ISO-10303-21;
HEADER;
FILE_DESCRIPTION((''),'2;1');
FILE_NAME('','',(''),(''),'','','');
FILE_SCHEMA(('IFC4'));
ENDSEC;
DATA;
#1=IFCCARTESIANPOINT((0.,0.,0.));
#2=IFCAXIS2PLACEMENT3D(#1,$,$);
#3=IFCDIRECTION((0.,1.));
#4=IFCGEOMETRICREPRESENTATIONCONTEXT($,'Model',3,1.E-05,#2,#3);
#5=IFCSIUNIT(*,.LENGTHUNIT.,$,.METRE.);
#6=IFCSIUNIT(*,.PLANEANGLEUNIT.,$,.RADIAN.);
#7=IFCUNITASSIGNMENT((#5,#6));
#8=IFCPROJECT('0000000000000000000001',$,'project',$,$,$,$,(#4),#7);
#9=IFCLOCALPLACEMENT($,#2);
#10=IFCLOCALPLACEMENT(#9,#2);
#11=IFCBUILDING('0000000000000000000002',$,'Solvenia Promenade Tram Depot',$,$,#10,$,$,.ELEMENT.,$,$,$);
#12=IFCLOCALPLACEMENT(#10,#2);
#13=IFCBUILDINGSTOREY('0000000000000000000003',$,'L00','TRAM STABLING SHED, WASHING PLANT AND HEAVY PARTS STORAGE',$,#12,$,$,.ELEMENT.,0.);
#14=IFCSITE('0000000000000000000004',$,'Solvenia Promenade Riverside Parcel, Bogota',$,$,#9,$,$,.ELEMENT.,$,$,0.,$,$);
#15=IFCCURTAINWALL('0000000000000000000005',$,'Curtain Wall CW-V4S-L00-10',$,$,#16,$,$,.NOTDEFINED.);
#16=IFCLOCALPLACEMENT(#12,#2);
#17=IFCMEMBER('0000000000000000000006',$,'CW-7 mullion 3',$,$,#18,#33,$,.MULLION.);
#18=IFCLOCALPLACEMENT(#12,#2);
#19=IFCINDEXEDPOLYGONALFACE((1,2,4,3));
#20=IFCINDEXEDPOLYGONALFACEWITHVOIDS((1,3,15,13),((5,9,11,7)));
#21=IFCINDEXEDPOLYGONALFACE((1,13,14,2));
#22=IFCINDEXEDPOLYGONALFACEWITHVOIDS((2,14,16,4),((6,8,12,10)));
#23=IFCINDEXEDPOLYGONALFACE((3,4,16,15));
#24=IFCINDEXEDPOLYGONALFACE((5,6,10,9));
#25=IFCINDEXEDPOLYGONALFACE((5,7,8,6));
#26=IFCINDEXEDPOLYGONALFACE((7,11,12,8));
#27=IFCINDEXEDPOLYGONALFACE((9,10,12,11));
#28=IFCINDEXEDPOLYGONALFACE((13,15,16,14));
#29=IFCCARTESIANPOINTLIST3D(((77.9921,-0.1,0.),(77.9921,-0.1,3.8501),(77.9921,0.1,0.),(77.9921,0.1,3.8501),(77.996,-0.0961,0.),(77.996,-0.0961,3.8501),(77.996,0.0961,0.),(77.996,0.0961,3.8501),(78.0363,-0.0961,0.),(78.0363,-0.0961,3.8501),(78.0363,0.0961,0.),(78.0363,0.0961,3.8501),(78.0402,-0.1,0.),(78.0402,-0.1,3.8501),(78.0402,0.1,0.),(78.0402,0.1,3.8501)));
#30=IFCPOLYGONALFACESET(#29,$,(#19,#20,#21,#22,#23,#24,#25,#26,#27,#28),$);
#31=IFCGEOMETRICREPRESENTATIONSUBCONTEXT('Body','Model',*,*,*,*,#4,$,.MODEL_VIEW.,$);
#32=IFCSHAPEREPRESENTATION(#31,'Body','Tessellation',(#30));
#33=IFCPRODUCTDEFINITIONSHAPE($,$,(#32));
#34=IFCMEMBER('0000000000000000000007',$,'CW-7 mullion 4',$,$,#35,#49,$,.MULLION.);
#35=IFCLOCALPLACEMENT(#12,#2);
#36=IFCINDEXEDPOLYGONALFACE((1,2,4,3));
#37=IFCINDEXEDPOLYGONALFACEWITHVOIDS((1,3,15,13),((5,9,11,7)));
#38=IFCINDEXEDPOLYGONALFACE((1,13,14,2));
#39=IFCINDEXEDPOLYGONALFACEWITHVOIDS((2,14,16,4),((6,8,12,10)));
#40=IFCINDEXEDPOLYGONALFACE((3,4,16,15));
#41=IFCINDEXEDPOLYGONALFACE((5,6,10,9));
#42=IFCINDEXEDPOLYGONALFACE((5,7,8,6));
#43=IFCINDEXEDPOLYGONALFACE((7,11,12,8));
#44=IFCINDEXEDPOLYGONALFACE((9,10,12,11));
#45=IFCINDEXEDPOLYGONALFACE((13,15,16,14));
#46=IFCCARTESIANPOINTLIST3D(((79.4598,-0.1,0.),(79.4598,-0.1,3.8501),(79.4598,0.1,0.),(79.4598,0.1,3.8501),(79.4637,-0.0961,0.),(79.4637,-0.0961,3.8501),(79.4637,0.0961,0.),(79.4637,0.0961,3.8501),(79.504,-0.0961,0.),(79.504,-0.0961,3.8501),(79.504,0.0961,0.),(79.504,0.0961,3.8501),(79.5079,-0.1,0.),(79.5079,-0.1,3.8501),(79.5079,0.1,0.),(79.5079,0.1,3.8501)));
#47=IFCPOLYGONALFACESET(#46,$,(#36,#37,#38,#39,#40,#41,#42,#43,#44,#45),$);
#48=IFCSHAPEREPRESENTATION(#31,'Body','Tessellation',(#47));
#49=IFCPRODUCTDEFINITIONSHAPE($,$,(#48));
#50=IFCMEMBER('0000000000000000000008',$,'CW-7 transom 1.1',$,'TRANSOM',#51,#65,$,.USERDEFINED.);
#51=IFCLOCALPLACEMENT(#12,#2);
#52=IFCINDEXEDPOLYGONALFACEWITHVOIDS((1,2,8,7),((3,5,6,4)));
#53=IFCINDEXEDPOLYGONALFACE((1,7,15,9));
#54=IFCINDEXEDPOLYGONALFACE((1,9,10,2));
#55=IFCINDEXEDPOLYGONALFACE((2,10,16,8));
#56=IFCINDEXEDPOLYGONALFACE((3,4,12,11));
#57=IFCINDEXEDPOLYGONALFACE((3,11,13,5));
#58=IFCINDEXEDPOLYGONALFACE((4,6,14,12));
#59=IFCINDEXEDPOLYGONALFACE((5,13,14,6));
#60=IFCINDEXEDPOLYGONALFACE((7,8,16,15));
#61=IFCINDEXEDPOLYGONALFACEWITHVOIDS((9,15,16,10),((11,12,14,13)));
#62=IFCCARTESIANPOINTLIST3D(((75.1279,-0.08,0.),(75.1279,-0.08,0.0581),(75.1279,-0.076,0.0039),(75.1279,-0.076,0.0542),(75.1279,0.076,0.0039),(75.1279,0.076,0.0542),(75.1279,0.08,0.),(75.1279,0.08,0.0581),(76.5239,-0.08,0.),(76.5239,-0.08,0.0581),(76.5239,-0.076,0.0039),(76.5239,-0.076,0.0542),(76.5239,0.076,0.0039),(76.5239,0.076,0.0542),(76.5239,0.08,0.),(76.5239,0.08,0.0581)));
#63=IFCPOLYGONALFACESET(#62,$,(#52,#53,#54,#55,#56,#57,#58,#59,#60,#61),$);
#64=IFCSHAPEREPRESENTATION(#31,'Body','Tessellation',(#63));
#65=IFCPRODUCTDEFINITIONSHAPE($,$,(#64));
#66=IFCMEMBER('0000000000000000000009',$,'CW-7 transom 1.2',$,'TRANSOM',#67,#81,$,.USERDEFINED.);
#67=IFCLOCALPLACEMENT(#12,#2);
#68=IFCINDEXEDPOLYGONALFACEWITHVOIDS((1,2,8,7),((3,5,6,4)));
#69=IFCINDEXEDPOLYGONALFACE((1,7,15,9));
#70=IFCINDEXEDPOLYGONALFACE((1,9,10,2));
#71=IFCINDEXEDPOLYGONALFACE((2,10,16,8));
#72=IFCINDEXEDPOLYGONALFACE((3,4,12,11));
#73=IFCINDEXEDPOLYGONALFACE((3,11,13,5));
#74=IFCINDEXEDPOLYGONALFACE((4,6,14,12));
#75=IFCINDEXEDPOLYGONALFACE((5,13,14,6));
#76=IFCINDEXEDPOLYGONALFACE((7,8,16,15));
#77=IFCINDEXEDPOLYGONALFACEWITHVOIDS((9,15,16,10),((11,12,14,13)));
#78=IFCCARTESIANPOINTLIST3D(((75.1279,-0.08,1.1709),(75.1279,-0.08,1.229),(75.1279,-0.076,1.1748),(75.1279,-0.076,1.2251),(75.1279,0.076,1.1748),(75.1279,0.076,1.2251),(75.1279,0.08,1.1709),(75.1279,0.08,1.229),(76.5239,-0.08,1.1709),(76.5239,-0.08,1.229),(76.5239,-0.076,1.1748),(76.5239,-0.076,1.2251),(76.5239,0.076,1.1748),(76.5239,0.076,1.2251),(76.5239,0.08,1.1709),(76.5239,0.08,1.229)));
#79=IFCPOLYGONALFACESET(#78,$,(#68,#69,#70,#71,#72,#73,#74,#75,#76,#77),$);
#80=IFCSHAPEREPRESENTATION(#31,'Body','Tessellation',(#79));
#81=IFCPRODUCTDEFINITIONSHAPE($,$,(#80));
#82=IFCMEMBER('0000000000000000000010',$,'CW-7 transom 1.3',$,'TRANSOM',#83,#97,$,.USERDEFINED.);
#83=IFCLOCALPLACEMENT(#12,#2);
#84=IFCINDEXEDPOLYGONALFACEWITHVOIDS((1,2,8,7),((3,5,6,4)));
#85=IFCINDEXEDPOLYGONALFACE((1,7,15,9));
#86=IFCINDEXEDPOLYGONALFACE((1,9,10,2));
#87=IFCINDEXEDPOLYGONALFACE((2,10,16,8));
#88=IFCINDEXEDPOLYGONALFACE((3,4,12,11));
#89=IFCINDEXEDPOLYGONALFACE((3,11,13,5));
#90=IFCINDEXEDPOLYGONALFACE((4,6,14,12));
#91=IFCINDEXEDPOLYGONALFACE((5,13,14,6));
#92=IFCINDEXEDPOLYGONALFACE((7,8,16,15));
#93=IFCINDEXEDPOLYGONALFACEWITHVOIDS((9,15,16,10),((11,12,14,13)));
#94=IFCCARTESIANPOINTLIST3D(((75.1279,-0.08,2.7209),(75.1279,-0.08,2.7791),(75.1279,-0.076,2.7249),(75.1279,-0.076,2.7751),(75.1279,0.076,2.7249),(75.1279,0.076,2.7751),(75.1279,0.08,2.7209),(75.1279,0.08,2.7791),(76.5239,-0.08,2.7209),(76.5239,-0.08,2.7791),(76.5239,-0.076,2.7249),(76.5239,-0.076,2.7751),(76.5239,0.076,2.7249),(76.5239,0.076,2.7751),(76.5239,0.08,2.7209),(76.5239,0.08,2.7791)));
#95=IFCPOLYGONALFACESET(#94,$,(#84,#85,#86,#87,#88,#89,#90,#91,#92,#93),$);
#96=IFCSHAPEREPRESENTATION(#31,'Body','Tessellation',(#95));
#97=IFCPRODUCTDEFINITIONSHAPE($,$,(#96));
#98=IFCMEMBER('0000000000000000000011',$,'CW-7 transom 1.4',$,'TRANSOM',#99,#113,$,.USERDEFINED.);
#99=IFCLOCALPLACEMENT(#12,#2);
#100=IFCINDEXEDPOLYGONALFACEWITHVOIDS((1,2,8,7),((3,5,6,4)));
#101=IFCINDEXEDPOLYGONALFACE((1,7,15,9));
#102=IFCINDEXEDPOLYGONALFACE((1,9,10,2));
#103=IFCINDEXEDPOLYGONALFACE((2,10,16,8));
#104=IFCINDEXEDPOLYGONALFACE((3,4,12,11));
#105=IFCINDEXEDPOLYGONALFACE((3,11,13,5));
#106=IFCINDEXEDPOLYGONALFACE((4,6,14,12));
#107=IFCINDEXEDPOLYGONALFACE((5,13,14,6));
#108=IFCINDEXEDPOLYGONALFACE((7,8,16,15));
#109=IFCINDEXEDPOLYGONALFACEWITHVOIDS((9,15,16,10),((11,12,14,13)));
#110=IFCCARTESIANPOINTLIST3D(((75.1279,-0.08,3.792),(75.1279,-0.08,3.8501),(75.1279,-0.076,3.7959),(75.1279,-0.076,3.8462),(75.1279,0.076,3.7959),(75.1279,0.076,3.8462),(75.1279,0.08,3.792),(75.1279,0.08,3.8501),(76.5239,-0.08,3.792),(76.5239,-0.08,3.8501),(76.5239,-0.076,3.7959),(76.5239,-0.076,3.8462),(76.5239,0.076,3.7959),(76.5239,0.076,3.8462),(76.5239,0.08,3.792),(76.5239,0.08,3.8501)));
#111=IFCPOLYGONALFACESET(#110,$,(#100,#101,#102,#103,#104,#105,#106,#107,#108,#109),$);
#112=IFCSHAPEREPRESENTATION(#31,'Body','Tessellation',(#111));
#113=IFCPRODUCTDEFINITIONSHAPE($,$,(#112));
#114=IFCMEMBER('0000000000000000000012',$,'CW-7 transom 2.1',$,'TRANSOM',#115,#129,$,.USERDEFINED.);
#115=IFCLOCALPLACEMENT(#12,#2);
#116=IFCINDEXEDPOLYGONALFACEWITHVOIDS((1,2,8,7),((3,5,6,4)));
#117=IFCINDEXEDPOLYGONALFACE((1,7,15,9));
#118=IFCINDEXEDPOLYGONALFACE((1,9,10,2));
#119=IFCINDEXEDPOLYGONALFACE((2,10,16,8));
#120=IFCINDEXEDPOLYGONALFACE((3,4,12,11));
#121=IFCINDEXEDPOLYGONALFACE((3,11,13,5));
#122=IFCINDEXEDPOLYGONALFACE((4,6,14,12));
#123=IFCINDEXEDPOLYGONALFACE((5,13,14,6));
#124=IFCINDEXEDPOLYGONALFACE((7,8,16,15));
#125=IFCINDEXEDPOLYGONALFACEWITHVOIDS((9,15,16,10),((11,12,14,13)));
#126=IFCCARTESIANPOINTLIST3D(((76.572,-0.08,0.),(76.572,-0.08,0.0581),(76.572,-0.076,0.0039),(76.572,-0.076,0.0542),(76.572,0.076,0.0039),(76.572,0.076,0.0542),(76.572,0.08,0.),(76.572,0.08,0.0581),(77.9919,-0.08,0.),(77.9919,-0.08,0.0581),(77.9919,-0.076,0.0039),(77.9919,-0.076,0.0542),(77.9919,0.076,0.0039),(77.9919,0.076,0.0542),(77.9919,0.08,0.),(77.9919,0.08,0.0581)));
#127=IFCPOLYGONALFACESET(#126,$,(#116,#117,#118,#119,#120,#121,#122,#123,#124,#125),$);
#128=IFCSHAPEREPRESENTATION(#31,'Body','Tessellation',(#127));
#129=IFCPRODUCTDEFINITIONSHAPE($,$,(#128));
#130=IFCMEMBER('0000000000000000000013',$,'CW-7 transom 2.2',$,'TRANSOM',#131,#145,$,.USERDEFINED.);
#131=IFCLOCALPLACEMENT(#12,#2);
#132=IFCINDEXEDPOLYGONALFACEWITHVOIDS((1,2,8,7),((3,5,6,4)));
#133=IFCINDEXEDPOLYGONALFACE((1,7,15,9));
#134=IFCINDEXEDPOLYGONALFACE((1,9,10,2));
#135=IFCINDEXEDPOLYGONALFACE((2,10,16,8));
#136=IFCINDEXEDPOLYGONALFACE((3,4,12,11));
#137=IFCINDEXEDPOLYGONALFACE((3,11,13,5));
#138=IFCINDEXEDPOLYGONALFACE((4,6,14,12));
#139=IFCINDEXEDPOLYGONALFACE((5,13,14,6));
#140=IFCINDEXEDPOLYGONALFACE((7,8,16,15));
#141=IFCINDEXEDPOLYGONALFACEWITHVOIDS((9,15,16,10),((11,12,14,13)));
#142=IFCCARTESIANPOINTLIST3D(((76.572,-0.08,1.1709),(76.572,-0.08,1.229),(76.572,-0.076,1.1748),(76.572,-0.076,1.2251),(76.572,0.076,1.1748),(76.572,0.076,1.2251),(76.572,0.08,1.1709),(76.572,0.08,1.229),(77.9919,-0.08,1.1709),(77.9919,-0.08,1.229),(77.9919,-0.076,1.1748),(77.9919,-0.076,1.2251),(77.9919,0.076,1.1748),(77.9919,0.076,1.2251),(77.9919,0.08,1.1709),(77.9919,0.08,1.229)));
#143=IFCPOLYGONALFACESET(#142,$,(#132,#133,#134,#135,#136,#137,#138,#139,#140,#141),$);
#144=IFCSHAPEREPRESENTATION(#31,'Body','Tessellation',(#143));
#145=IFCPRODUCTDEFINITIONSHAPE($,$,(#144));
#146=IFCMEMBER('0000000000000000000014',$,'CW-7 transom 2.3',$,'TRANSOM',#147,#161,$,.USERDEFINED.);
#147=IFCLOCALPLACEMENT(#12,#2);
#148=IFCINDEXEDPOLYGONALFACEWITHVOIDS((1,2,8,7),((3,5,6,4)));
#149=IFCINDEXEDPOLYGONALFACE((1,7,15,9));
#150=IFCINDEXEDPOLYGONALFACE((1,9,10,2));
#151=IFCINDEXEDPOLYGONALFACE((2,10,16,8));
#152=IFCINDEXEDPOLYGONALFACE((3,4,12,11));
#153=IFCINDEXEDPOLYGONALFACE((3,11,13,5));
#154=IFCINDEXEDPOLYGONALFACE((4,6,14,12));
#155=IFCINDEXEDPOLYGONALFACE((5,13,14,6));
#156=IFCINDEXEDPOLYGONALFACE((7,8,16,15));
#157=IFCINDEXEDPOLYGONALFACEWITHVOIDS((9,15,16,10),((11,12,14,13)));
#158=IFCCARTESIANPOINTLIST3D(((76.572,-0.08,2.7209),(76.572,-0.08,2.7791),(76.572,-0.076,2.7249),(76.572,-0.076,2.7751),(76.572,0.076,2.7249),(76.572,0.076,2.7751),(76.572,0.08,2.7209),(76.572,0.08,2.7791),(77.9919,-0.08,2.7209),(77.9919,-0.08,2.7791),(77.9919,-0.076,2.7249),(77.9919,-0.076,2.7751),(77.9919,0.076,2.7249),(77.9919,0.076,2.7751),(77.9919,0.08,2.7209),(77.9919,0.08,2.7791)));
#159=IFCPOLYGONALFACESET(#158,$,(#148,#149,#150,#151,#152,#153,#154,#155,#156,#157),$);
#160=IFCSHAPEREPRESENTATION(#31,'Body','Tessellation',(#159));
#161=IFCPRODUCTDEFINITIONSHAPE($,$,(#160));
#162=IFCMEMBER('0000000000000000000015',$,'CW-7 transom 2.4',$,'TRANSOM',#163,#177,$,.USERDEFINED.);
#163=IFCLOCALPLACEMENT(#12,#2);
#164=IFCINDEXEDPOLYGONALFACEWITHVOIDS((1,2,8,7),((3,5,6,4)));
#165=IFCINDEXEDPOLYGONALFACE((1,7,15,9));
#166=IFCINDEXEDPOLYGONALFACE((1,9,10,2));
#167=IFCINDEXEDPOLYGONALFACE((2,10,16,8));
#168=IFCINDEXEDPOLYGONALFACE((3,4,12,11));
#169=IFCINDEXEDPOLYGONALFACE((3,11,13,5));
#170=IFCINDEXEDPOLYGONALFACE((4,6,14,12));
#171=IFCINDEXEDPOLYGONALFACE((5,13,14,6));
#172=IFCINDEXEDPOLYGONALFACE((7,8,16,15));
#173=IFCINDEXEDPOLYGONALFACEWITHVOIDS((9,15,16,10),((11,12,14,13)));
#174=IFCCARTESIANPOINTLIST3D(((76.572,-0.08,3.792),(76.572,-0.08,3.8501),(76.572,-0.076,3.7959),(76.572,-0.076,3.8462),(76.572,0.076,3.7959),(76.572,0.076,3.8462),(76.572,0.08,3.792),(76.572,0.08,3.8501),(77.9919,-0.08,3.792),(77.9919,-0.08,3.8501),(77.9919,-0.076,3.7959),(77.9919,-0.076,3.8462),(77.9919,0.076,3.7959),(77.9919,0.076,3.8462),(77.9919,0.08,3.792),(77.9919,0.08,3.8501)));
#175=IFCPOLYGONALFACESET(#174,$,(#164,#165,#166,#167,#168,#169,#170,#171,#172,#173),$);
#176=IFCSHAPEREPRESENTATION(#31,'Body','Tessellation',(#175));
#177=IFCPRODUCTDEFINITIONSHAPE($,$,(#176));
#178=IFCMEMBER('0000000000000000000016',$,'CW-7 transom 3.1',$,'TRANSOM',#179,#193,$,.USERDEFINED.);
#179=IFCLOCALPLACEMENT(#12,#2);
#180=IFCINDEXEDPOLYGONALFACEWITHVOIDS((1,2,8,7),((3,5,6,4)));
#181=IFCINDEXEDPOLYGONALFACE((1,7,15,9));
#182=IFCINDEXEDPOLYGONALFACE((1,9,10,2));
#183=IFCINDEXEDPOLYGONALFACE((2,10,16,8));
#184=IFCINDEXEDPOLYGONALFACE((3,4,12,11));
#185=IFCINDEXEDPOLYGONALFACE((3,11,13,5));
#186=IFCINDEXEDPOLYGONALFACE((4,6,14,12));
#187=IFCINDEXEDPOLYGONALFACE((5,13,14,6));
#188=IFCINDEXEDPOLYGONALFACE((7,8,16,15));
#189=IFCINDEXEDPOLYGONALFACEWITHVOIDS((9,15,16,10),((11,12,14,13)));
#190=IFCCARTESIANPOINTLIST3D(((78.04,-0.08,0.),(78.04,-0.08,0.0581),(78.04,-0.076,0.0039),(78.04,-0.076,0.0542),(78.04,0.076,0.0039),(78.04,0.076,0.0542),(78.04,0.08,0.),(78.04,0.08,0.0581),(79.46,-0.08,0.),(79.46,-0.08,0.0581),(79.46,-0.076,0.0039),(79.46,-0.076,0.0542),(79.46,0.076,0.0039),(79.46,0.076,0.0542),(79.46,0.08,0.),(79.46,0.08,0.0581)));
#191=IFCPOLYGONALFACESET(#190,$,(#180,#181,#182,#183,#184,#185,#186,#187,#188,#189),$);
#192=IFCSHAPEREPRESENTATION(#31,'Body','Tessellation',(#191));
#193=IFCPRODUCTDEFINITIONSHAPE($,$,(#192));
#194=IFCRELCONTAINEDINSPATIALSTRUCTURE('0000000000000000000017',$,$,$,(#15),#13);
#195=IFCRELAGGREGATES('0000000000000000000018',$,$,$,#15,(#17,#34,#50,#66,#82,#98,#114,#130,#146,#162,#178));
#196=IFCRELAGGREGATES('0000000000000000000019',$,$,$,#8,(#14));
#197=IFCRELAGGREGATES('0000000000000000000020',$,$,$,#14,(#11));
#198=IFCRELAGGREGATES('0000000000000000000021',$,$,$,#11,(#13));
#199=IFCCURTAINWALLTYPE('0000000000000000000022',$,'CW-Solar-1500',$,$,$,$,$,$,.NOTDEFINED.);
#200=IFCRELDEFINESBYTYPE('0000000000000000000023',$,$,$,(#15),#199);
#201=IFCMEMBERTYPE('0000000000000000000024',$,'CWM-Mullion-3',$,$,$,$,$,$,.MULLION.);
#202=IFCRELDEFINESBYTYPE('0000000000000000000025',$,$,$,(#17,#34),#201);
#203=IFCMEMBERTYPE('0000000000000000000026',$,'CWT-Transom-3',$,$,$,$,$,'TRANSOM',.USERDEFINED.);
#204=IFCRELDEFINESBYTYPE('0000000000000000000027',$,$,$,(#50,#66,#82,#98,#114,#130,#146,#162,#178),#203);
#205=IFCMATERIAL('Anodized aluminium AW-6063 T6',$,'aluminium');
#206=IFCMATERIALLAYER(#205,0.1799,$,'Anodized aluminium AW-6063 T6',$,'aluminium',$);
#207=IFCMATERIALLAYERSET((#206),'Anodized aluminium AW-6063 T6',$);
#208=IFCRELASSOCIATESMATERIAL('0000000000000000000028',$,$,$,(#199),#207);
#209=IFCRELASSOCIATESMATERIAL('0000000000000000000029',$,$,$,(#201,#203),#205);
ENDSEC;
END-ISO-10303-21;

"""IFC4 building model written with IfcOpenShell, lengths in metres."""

from ifc_helpers import new_model, si_unit, direction, frame, origin, origin_2d, place, context, subcontext, project, spatial, hollow_rectangle, extrude, material, layer, layer_set, material_profile, profile_set, type_object, element, aggregate, save


model = new_model("IFC4")

# Units and contexts
model_context = context("Model", 3, precision=1e-05, world=origin(), true_north=direction((0.0, 1.0)))
body_context = subcontext(model_context, "Body", "Model", "MODEL_VIEW")
ifc_project = project(units=[si_unit("LENGTHUNIT", "METRE"), si_unit("PLANEANGLEUNIT", "RADIAN")], contexts=[model_context])

# Site, building, storey
site_placement = place(None, origin())
site = spatial("IfcSite", under=ifc_project, at=site_placement, Name="Solvenia Promenade Riverside Parcel, Bogota", CompositionType="ELEMENT", RefElevation=0.0)
building_placement = place(site_placement, origin())
building = spatial("IfcBuilding", under=site, at=building_placement, Name="Solvenia Promenade Tram Depot", CompositionType="ELEMENT")
storey_placement = place(building_placement, origin())
storey = spatial("IfcBuildingStorey", under=building, at=storey_placement, Name="L00", Description="TRAM STABLING SHED, WASHING PLANT AND HEAVY PARTS STORAGE", CompositionType="ELEMENT", Elevation=0.0)

# Curtain wall, members
ifc_material_1 = material(Name="Anodized aluminium AW-6063 T6", Category="aluminium")
ifc_layer_1 = layer(ifc_material_1, 0.1799, Name="Anodized aluminium AW-6063 T6", Category="aluminium")
ifc_layer_set_1 = layer_set([ifc_layer_1], Name="Anodized aluminium AW-6063 T6")
curtain_wall_type = type_object("IfcCurtainWallType", Name="CW-Solar-1500", PredefinedType="NOTDEFINED", material=ifc_layer_set_1)
curtain_wall_placement = place(storey_placement, origin())
curtain_wall = element("IfcCurtainWall", 1, at=curtain_wall_placement, inside=storey, type_object=curtain_wall_type, Name="Curtain Wall CW-V4S-L00-10", PredefinedType="NOTDEFINED")
ifc_material_profile_1 = material_profile(ifc_material_1, hollow_rectangle(XDim=0.2, YDim=0.0481, WallThickness=0.0039, at=origin_2d()), Name="ALU-M3", Category="aluminium")
ifc_profile_set_1 = profile_set([ifc_material_profile_1], Name="Anodized aluminium AW-6063 T6")
member_type_1 = type_object("IfcMemberType", Name="CWM-Mullion-3", PredefinedType="MULLION", material=ifc_profile_set_1)
member_1_placement = place(storey_placement, frame((78.0161, 0.0, 0.0), z_axis=(0.0, 0.0, 1.0), x_axis=(0.0, 1.0, 0.0)))
member_1 = element("IfcMember", 2, at=member_1_placement, type_object=member_type_1, Name="CW-7 mullion 3", PredefinedType="MULLION", context=body_context, shape_type="SweptSolid", body=[
    extrude(hollow_rectangle(XDim=0.2, YDim=0.0481, WallThickness=0.0039, at=origin_2d()), origin(), (0.0, 0.0, 1.0), 3.8501),
])
member_2_placement = place(storey_placement, frame((79.4839, 0.0, 0.0), z_axis=(0.0, 0.0, 1.0), x_axis=(0.0, 1.0, 0.0)))
member_2 = element("IfcMember", 3, at=member_2_placement, type_object=member_type_1, Name="CW-7 mullion 4", PredefinedType="MULLION", context=body_context, shape_type="SweptSolid", body=[
    extrude(hollow_rectangle(XDim=0.2, YDim=0.0481, WallThickness=0.0039, at=origin_2d()), origin(), (0.0, 0.0, 1.0), 3.8501),
])
ifc_material_profile_2 = material_profile(ifc_material_1, hollow_rectangle(XDim=0.1599, YDim=0.0581, WallThickness=0.0039, at=origin_2d()), Name="ALU-T3", Category="aluminium")
ifc_profile_set_2 = profile_set([ifc_material_profile_2], Name="Anodized aluminium AW-6063 T6")
member_type_2 = type_object("IfcMemberType", Name="CWT-Transom-3", ElementType="TRANSOM", PredefinedType="USERDEFINED", material=ifc_profile_set_2)
member_3_placement = place(storey_placement, frame((75.1279, 0.0, 0.0291), z_axis=(1.0, 0.0, 0.0), x_axis=(0.0, 1.0, 0.0)))
member_3 = element("IfcMember", 4, at=member_3_placement, type_object=member_type_2, Name="CW-7 transom 1.1", ObjectType="TRANSOM", PredefinedType="USERDEFINED", context=body_context, shape_type="SweptSolid", body=[
    extrude(hollow_rectangle(XDim=0.1599, YDim=0.0581, WallThickness=0.0039, at=origin_2d()), origin(), (0.0, 0.0, 1.0), 1.396),
])
member_4_placement = place(storey_placement, frame((75.1279, 0.0, 1.2), z_axis=(1.0, 0.0, 0.0), x_axis=(0.0, 1.0, 0.0)))
member_4 = element("IfcMember", 5, at=member_4_placement, type_object=member_type_2, Name="CW-7 transom 1.2", ObjectType="TRANSOM", PredefinedType="USERDEFINED", context=body_context, shape_type="SweptSolid", body=[
    extrude(hollow_rectangle(XDim=0.1599, YDim=0.0581, WallThickness=0.0039, at=origin_2d()), origin(), (0.0, 0.0, 1.0), 1.396),
])
member_5_placement = place(storey_placement, frame((75.1279, 0.0, 2.75), z_axis=(1.0, 0.0, 0.0), x_axis=(0.0, 1.0, 0.0)))
member_5 = element("IfcMember", 6, at=member_5_placement, type_object=member_type_2, Name="CW-7 transom 1.3", ObjectType="TRANSOM", PredefinedType="USERDEFINED", context=body_context, shape_type="SweptSolid", body=[
    extrude(hollow_rectangle(XDim=0.1599, YDim=0.0581, WallThickness=0.0039, at=origin_2d()), origin(), (0.0, 0.0, 1.0), 1.396),
])
member_6_placement = place(storey_placement, frame((75.1279, 0.0, 3.821), z_axis=(1.0, 0.0, 0.0), x_axis=(0.0, 1.0, 0.0)))
member_6 = element("IfcMember", 7, at=member_6_placement, type_object=member_type_2, Name="CW-7 transom 1.4", ObjectType="TRANSOM", PredefinedType="USERDEFINED", context=body_context, shape_type="SweptSolid", body=[
    extrude(hollow_rectangle(XDim=0.1599, YDim=0.0581, WallThickness=0.0039, at=origin_2d()), origin(), (0.0, 0.0, 1.0), 1.396),
])
member_7_placement = place(storey_placement, frame((76.572, 0.0, 0.0291), z_axis=(1.0, 0.0, 0.0), x_axis=(0.0, 1.0, 0.0)))
member_7 = element("IfcMember", 8, at=member_7_placement, type_object=member_type_2, Name="CW-7 transom 2.1", ObjectType="TRANSOM", PredefinedType="USERDEFINED", context=body_context, shape_type="SweptSolid", body=[
    extrude(hollow_rectangle(XDim=0.1599, YDim=0.0581, WallThickness=0.0039, at=origin_2d()), origin(), (0.0, 0.0, 1.0), 1.4199),
])
member_8_placement = place(storey_placement, frame((76.572, 0.0, 1.2), z_axis=(1.0, 0.0, 0.0), x_axis=(0.0, 1.0, 0.0)))
member_8 = element("IfcMember", 9, at=member_8_placement, type_object=member_type_2, Name="CW-7 transom 2.2", ObjectType="TRANSOM", PredefinedType="USERDEFINED", context=body_context, shape_type="SweptSolid", body=[
    extrude(hollow_rectangle(XDim=0.1599, YDim=0.0581, WallThickness=0.0039, at=origin_2d()), origin(), (0.0, 0.0, 1.0), 1.4199),
])
member_9_placement = place(storey_placement, frame((76.572, 0.0, 2.75), z_axis=(1.0, 0.0, 0.0), x_axis=(0.0, 1.0, 0.0)))
member_9 = element("IfcMember", 10, at=member_9_placement, type_object=member_type_2, Name="CW-7 transom 2.3", ObjectType="TRANSOM", PredefinedType="USERDEFINED", context=body_context, shape_type="SweptSolid", body=[
    extrude(hollow_rectangle(XDim=0.1599, YDim=0.0581, WallThickness=0.0039, at=origin_2d()), origin(), (0.0, 0.0, 1.0), 1.4199),
])
member_10_placement = place(storey_placement, frame((76.572, 0.0, 3.821), z_axis=(1.0, 0.0, 0.0), x_axis=(0.0, 1.0, 0.0)))
member_10 = element("IfcMember", 11, at=member_10_placement, type_object=member_type_2, Name="CW-7 transom 2.4", ObjectType="TRANSOM", PredefinedType="USERDEFINED", context=body_context, shape_type="SweptSolid", body=[
    extrude(hollow_rectangle(XDim=0.1599, YDim=0.0581, WallThickness=0.0039, at=origin_2d()), origin(), (0.0, 0.0, 1.0), 1.4199),
])
member_11_placement = place(storey_placement, frame((78.04, 0.0, 0.0291), z_axis=(1.0, 0.0, 0.0), x_axis=(0.0, 1.0, 0.0)))
member_11 = element("IfcMember", 12, at=member_11_placement, type_object=member_type_2, Name="CW-7 transom 3.1", ObjectType="TRANSOM", PredefinedType="USERDEFINED", context=body_context, shape_type="SweptSolid", body=[
    extrude(hollow_rectangle(XDim=0.1599, YDim=0.0581, WallThickness=0.0039, at=origin_2d()), origin(), (0.0, 0.0, 1.0), 1.4199),
])
aggregate(curtain_wall, [member_1, member_2, member_3, member_4, member_5, member_6, member_7, member_8, member_9, member_10, member_11])

save(model, "model.ifc")
